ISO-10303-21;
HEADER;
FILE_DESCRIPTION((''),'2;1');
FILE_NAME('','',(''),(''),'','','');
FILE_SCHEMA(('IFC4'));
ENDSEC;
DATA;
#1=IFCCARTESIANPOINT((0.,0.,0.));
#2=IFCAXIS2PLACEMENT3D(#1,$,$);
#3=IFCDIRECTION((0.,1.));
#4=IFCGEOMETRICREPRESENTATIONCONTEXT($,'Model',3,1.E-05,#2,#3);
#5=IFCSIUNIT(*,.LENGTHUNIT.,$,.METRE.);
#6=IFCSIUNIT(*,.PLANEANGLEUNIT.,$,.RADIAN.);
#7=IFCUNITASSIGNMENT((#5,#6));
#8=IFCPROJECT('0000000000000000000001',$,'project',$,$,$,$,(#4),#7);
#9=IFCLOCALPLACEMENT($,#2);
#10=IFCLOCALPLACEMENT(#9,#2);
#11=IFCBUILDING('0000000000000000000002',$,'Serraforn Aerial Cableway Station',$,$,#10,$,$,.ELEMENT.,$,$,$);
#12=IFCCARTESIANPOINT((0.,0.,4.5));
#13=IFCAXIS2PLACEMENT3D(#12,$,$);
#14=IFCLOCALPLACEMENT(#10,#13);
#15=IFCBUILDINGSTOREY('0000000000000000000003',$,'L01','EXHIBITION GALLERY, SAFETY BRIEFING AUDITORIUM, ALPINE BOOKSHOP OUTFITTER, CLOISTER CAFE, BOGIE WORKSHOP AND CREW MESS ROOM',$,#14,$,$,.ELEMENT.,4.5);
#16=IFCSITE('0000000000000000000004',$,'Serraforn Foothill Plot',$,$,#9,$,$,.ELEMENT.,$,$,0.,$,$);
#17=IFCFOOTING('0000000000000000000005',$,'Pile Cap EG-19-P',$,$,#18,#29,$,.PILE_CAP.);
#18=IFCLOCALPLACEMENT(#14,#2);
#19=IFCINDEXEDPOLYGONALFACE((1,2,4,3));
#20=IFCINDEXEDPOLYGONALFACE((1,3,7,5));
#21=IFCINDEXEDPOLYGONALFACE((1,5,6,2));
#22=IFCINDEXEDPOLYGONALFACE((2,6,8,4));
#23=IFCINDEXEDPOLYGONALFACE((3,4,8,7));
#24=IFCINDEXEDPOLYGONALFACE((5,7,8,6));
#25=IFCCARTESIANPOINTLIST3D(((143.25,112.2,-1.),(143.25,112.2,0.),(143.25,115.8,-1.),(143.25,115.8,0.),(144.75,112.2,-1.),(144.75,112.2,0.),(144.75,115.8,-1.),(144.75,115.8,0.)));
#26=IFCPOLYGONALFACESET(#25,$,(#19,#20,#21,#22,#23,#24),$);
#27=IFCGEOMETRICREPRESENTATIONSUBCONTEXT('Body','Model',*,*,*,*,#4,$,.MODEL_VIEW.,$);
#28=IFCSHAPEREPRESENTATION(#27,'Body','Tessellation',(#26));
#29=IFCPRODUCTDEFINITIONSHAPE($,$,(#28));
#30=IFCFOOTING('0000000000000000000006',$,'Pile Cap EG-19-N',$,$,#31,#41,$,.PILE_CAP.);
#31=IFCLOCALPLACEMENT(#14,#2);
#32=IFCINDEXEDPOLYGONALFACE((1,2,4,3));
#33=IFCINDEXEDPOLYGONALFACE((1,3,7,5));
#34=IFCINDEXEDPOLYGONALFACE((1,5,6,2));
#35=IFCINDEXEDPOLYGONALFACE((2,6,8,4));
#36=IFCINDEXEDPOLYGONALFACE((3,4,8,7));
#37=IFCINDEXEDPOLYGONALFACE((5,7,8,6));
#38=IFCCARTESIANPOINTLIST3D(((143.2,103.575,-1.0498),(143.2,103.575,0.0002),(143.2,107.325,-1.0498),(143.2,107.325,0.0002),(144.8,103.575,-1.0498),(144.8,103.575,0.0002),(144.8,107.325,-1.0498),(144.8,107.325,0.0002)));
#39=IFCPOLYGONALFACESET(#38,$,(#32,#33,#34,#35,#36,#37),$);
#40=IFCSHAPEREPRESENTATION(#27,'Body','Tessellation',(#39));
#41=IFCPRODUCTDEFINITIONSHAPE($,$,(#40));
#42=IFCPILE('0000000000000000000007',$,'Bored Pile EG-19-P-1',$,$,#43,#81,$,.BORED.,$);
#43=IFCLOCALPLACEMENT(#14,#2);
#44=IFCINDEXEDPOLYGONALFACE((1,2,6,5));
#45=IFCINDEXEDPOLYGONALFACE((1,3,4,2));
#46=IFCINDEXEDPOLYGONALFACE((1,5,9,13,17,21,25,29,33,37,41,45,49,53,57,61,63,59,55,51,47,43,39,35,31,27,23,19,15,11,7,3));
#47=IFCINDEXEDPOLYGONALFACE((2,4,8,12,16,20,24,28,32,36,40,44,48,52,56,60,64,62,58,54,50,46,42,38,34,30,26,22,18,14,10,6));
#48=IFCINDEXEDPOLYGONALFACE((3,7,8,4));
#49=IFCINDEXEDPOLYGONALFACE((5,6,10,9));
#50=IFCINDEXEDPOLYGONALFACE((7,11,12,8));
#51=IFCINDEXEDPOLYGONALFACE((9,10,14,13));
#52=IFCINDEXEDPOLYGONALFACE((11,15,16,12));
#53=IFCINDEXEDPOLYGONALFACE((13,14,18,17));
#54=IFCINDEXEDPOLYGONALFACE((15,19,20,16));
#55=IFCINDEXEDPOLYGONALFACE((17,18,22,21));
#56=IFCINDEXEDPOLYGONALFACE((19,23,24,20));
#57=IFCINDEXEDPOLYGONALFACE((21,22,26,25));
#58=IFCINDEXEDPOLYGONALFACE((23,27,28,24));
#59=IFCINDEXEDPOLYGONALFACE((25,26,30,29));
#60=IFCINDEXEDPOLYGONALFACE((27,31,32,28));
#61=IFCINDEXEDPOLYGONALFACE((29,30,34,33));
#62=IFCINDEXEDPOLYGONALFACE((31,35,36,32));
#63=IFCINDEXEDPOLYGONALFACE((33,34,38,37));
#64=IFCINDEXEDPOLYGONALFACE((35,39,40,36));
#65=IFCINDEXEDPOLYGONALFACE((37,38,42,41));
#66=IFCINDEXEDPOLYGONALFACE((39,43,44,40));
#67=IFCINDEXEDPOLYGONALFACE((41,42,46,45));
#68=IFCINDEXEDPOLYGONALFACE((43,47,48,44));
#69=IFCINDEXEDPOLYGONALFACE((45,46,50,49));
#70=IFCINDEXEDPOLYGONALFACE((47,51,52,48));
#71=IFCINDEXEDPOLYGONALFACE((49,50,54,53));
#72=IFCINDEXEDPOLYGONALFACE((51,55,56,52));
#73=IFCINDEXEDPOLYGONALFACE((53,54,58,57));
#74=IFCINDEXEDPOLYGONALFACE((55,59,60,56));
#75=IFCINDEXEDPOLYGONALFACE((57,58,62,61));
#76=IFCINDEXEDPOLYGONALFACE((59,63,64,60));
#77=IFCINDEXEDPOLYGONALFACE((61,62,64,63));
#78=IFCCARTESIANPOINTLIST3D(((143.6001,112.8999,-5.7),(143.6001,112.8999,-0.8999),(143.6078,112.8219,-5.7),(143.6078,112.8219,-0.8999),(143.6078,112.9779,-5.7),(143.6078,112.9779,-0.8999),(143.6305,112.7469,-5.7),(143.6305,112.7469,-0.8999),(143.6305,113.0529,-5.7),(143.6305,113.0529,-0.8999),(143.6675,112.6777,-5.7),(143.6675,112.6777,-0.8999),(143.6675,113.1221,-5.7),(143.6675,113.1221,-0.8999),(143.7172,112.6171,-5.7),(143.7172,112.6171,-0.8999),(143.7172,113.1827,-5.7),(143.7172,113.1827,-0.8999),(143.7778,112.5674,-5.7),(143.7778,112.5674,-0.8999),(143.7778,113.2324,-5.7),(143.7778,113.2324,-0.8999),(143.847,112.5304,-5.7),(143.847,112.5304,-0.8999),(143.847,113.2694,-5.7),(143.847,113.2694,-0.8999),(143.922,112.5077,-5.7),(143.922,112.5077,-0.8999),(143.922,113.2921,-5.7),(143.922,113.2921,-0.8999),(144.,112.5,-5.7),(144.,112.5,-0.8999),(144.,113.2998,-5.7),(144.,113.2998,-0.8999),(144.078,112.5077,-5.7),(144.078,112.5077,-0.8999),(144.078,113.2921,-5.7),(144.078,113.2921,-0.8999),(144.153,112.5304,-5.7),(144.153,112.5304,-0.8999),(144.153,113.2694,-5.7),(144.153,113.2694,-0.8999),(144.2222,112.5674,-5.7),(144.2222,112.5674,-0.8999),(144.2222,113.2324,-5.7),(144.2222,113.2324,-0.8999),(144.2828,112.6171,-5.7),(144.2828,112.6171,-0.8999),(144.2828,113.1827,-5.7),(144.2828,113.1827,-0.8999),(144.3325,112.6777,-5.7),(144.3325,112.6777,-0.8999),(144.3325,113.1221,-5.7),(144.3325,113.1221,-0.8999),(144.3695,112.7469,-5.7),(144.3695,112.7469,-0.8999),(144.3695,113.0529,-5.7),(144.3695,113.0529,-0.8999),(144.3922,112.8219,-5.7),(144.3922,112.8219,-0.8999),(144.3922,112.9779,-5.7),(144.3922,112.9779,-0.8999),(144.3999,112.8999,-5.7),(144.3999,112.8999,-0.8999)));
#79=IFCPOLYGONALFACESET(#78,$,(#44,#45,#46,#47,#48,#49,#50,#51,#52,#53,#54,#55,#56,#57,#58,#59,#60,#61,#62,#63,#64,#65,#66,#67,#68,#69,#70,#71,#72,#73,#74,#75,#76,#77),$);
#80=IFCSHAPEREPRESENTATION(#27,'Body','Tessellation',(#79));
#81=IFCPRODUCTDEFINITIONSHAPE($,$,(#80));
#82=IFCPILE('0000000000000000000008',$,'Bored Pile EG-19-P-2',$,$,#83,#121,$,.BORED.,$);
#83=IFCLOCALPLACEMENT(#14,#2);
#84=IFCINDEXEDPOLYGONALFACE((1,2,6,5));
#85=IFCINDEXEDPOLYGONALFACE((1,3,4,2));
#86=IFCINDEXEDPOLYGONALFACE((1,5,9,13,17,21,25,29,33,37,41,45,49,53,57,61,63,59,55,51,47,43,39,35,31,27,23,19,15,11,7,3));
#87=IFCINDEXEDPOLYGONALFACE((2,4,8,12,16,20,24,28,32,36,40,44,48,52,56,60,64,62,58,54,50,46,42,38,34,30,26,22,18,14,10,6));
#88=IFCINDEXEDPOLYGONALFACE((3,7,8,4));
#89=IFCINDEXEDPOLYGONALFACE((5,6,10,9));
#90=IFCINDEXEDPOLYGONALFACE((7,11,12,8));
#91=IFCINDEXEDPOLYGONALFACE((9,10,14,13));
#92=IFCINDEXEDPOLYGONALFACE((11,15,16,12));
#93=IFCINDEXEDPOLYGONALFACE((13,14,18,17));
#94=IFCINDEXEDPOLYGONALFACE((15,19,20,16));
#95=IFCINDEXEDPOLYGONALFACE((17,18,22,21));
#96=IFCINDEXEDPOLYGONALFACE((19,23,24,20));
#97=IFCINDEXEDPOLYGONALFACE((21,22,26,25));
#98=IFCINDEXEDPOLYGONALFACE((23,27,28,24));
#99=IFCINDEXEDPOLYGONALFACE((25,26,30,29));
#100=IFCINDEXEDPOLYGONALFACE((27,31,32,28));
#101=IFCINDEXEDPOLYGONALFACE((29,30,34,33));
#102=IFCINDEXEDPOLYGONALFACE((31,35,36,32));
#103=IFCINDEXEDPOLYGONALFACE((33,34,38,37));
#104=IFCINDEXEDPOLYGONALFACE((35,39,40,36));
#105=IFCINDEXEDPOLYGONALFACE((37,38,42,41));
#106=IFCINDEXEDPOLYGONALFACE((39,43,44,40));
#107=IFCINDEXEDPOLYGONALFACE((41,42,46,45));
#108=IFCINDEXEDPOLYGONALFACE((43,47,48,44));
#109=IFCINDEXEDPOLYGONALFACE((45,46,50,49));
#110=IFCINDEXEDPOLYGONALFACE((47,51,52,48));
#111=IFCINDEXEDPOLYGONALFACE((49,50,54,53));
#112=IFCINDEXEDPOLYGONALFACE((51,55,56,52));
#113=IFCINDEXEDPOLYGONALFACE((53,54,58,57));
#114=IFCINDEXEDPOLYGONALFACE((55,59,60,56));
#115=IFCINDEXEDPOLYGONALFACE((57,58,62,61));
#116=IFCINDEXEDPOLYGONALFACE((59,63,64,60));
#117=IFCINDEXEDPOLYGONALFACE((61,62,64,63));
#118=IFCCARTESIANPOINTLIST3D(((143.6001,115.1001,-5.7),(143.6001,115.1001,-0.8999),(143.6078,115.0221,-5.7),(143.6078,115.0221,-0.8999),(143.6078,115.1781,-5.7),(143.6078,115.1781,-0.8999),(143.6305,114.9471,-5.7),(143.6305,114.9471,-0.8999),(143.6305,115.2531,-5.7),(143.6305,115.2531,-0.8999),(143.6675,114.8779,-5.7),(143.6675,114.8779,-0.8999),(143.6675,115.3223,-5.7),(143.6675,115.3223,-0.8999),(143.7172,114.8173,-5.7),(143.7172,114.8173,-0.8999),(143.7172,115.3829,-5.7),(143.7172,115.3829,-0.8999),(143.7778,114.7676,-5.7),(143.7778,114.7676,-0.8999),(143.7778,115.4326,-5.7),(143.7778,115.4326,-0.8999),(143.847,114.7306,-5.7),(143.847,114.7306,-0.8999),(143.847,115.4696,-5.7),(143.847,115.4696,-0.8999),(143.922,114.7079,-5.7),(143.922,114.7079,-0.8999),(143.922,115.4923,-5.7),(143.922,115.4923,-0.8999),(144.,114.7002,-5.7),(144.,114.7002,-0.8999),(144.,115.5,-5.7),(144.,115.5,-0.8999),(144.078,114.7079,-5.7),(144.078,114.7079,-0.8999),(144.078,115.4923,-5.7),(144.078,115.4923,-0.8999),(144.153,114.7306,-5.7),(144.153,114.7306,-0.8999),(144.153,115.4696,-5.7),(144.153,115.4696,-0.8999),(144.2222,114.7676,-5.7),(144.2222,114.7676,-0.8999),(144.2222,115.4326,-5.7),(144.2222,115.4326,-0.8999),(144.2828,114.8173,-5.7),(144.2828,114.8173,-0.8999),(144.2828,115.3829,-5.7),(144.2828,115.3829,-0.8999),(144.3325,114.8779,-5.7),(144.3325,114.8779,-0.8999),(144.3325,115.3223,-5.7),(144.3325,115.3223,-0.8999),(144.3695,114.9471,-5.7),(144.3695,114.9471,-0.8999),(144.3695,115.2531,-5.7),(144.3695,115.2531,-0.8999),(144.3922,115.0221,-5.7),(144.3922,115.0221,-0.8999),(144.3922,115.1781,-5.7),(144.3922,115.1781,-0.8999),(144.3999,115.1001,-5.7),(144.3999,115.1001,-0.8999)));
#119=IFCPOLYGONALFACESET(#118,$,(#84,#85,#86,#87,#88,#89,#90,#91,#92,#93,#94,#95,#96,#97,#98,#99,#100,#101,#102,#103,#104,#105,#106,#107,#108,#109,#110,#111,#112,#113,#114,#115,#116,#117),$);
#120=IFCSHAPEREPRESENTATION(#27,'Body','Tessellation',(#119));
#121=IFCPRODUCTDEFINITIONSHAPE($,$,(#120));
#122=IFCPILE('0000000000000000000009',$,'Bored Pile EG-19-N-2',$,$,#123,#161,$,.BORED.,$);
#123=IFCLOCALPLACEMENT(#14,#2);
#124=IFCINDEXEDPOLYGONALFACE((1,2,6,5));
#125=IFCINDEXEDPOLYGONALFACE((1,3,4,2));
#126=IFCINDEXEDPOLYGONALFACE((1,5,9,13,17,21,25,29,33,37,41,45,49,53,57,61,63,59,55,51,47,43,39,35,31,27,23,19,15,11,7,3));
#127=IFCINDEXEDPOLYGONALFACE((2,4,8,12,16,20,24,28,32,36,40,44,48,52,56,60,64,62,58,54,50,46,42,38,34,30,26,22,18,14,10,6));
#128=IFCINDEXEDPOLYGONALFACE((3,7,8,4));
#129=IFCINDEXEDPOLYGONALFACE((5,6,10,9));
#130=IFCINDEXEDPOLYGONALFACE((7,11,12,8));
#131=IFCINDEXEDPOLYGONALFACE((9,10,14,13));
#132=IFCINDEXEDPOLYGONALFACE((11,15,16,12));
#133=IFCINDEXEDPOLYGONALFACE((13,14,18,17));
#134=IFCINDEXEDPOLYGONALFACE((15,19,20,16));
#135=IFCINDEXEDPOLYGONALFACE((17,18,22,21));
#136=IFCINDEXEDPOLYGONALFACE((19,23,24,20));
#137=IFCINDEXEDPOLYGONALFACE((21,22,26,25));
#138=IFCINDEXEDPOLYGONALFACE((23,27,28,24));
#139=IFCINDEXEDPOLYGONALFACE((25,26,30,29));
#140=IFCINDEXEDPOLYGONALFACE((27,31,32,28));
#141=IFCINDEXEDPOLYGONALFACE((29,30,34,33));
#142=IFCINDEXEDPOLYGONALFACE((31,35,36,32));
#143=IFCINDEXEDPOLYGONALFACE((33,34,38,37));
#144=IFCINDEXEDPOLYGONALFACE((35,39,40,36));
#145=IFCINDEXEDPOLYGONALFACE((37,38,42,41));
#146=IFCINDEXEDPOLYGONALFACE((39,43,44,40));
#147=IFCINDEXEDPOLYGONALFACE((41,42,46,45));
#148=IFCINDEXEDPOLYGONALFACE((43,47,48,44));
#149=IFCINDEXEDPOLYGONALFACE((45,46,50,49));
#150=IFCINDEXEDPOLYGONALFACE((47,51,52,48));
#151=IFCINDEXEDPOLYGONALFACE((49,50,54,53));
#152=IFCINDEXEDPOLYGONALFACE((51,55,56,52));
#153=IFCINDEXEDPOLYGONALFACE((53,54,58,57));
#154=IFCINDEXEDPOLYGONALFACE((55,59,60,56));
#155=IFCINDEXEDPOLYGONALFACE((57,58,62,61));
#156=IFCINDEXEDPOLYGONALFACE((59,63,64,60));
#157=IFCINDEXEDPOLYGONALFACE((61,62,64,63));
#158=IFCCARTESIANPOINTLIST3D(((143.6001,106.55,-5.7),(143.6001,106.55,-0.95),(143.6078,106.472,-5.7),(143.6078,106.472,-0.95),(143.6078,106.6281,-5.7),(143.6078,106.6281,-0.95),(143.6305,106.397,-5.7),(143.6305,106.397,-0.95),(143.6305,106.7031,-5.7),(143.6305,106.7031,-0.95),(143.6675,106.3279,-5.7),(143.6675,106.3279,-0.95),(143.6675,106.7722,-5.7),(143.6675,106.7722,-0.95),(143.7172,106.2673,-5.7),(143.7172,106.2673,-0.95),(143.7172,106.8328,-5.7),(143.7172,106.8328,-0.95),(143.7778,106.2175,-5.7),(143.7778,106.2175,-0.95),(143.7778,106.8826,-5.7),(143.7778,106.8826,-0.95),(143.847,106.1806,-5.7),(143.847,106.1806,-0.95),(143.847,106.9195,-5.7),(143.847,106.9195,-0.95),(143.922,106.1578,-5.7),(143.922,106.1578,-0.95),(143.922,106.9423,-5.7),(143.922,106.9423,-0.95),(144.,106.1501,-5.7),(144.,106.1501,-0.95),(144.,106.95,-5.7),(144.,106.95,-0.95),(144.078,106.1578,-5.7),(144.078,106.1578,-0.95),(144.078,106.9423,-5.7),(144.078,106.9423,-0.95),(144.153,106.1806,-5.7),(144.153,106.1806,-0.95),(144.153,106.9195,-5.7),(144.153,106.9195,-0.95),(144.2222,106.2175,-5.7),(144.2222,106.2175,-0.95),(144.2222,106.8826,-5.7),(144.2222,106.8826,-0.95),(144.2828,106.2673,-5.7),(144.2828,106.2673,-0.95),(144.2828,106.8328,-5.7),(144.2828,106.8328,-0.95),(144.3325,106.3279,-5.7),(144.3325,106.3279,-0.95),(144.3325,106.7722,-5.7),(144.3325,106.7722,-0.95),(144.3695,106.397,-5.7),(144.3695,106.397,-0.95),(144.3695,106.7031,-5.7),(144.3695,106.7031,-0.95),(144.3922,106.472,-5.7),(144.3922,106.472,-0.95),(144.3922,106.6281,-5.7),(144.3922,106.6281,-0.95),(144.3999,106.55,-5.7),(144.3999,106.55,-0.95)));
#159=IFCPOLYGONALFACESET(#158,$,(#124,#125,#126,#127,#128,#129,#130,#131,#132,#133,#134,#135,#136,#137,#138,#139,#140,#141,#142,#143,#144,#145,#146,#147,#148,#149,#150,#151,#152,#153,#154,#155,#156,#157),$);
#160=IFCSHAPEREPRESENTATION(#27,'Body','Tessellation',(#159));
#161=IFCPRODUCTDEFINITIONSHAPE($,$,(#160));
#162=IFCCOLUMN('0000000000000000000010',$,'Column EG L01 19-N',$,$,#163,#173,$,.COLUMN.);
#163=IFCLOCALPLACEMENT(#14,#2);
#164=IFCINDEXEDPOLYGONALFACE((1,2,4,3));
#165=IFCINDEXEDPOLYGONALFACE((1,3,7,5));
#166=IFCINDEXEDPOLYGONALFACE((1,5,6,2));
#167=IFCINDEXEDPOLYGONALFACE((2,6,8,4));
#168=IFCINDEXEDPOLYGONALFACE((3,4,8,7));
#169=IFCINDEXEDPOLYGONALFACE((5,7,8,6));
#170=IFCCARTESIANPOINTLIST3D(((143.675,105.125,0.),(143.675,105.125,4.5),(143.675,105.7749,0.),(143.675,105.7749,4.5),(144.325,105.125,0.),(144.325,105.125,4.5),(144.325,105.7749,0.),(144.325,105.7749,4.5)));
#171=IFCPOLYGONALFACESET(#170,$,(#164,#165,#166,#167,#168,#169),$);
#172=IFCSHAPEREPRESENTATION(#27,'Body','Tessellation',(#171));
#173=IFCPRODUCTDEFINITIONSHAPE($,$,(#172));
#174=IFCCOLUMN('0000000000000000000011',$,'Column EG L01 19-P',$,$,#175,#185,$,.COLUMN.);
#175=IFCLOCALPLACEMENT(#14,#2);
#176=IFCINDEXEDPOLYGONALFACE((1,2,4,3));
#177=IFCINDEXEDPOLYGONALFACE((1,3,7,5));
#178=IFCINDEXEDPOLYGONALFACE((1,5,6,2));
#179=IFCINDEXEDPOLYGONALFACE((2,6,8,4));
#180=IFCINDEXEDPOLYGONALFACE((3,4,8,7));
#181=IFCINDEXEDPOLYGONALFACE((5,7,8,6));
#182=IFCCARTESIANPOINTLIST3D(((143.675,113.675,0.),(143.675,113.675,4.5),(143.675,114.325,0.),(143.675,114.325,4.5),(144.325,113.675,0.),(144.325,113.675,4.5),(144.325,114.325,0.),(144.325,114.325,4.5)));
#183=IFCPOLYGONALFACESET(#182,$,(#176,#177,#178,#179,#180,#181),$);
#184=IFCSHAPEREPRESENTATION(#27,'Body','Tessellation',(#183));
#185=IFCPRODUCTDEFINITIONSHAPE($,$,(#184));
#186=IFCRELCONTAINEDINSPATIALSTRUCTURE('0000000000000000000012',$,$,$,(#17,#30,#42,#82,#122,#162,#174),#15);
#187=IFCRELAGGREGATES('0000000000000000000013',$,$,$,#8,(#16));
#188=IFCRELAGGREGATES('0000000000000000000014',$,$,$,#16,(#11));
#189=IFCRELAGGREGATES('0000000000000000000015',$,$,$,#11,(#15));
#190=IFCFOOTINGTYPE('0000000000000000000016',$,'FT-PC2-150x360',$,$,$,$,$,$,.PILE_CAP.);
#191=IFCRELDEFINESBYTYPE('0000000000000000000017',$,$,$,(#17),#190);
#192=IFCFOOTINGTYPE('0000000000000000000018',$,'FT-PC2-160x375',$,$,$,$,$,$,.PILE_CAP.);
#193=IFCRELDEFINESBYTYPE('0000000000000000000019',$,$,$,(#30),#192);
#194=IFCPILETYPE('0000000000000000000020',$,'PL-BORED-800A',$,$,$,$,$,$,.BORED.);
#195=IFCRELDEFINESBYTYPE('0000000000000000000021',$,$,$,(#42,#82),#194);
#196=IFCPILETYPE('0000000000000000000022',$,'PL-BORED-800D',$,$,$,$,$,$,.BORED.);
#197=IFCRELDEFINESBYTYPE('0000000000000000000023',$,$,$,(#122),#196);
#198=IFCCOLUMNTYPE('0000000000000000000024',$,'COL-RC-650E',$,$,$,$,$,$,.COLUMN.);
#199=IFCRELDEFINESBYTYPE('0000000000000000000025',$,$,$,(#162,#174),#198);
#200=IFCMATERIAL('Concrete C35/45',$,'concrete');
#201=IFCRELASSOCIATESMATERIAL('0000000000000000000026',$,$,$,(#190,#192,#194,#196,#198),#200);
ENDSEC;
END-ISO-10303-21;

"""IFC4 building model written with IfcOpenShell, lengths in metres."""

from ifc_helpers import new_model, si_unit, direction, frame, origin, origin_2d, place, context, subcontext, project, spatial, rectangle, circle, extrude, material, material_profile, profile_set, type_object, element, save


model = new_model("IFC4")

# Units and contexts
model_context = context("Model", 3, precision=1e-05, world=origin(), true_north=direction((0.0, 1.0)))
body_context = subcontext(model_context, "Body", "Model", "MODEL_VIEW")
ifc_project = project(units=[si_unit("LENGTHUNIT", "METRE"), si_unit("PLANEANGLEUNIT", "RADIAN")], contexts=[model_context])

# Site, building, storey
site_placement = place(None, origin())
site = spatial("IfcSite", under=ifc_project, at=site_placement, Name="Serraforn Foothill Plot", CompositionType="ELEMENT", RefElevation=0.0)
building_placement = place(site_placement, origin())
building = spatial("IfcBuilding", under=site, at=building_placement, Name="Serraforn Aerial Cableway Station", CompositionType="ELEMENT")
storey_placement = place(building_placement, frame((0.0, 0.0, 4.5)))
storey = spatial("IfcBuildingStorey", under=building, at=storey_placement, Name="L01", Description="EXHIBITION GALLERY, SAFETY BRIEFING AUDITORIUM, ALPINE BOOKSHOP OUTFITTER, CLOISTER CAFE, BOGIE WORKSHOP AND CREW MESS ROOM", CompositionType="ELEMENT", Elevation=4.5)

# Footings
ifc_material_1 = material(Name="Concrete C35/45", Category="concrete")
footing_type_1 = type_object("IfcFootingType", Name="FT-PC2-150x360", PredefinedType="PILE_CAP", material=ifc_material_1)
footing_1_placement = place(storey_placement, frame((144.0, 114.0, -1.0), z_axis=(0.0, 0.0, 1.0), x_axis=(1.0, 0.0, 0.0)))
element("IfcFooting", 1, at=footing_1_placement, inside=storey, type_object=footing_type_1, Name="Pile Cap EG-19-P", PredefinedType="PILE_CAP", context=body_context, shape_type="SweptSolid", body=[
    extrude(rectangle(XDim=1.5, YDim=3.6001, at=origin_2d()), origin(), (0.0, 0.0, 1.0), 1.0),
])
footing_type_2 = type_object("IfcFootingType", Name="FT-PC2-160x375", PredefinedType="PILE_CAP", material=ifc_material_1)
footing_2_placement = place(storey_placement, frame((144.0, 105.45, -1.0498), z_axis=(0.0, 0.0, 1.0), x_axis=(1.0, 0.0, 0.0)))
element("IfcFooting", 2, at=footing_2_placement, inside=storey, type_object=footing_type_2, Name="Pile Cap EG-19-N", PredefinedType="PILE_CAP", context=body_context, shape_type="SweptSolid", body=[
    extrude(rectangle(XDim=1.6001, YDim=3.75, at=origin_2d()), origin(), (0.0, 0.0, 1.0), 1.05),
])

# Piles
ifc_material_profile_1 = material_profile(ifc_material_1, circle(Radius=0.3999, at=origin_2d()), Name="BORED PILE D800")
ifc_profile_set_1 = profile_set([ifc_material_profile_1], Name="Concrete C35/45")
pile_type_1 = type_object("IfcPileType", Name="PL-BORED-800A", PredefinedType="BORED", material=ifc_profile_set_1)
for number, where, z_axis, x_axis, name in (
    (3, (144.0, 112.8999, -0.8999), (0.0, 0.0, -1.0), (1.0, 0.0, 0.0), "Bored Pile EG-19-P-1"),
    (4, (144.0, 115.1001, -0.8999), (0.0, 0.0, -1.0), (1.0, 0.0, 0.0), "Bored Pile EG-19-P-2"),
):
    element("IfcPile", number, at=place(storey_placement, frame(where, z_axis=z_axis, x_axis=x_axis)), inside=storey, type_object=pile_type_1, Name=name, PredefinedType="BORED", context=body_context, shape_type="SweptSolid", body=[
        extrude(circle(Radius=0.3999, at=origin_2d()), origin(), (0.0, 0.0, 1.0), 4.8),
    ])
ifc_material_profile_2 = material_profile(ifc_material_1, circle(Radius=0.3999, at=origin_2d()), Name="BORED PILE D800")
ifc_profile_set_2 = profile_set([ifc_material_profile_2], Name="Concrete C35/45")
pile_type_2 = type_object("IfcPileType", Name="PL-BORED-800D", PredefinedType="BORED", material=ifc_profile_set_2)
pile_placement = place(storey_placement, frame((144.0, 106.55, -0.95), z_axis=(0.0, 0.0, -1.0), x_axis=(1.0, 0.0, 0.0)))
element("IfcPile", 5, at=pile_placement, inside=storey, type_object=pile_type_2, Name="Bored Pile EG-19-N-2", PredefinedType="BORED", context=body_context, shape_type="SweptSolid", body=[
    extrude(circle(Radius=0.3999, at=origin_2d()), origin(), (0.0, 0.0, 1.0), 4.75),
])

# Columns
ifc_material_profile_3 = material_profile(ifc_material_1, rectangle(XDim=0.6499, YDim=0.6499, at=origin_2d()), Name="RC 650x650")
ifc_profile_set_3 = profile_set([ifc_material_profile_3], Name="Concrete C35/45")
column_type = type_object("IfcColumnType", Name="COL-RC-650E", PredefinedType="COLUMN", material=ifc_profile_set_3)
for number, where, z_axis, x_axis, name in (
    (6, (144.0, 105.45, 0.0), (0.0, 0.0, 1.0), (1.0, 0.0, 0.0), "Column EG L01 19-N"),
    (7, (144.0, 114.0, 0.0), (0.0, 0.0, 1.0), (1.0, 0.0, 0.0), "Column EG L01 19-P"),
):
    element("IfcColumn", number, at=place(storey_placement, frame(where, z_axis=z_axis, x_axis=x_axis)), inside=storey, type_object=column_type, Name=name, PredefinedType="COLUMN", context=body_context, shape_type="SweptSolid", body=[
        extrude(rectangle(XDim=0.6499, YDim=0.6499, at=origin_2d()), origin(), (0.0, 0.0, 1.0), 4.5),
    ])

save(model, "model.ifc")
